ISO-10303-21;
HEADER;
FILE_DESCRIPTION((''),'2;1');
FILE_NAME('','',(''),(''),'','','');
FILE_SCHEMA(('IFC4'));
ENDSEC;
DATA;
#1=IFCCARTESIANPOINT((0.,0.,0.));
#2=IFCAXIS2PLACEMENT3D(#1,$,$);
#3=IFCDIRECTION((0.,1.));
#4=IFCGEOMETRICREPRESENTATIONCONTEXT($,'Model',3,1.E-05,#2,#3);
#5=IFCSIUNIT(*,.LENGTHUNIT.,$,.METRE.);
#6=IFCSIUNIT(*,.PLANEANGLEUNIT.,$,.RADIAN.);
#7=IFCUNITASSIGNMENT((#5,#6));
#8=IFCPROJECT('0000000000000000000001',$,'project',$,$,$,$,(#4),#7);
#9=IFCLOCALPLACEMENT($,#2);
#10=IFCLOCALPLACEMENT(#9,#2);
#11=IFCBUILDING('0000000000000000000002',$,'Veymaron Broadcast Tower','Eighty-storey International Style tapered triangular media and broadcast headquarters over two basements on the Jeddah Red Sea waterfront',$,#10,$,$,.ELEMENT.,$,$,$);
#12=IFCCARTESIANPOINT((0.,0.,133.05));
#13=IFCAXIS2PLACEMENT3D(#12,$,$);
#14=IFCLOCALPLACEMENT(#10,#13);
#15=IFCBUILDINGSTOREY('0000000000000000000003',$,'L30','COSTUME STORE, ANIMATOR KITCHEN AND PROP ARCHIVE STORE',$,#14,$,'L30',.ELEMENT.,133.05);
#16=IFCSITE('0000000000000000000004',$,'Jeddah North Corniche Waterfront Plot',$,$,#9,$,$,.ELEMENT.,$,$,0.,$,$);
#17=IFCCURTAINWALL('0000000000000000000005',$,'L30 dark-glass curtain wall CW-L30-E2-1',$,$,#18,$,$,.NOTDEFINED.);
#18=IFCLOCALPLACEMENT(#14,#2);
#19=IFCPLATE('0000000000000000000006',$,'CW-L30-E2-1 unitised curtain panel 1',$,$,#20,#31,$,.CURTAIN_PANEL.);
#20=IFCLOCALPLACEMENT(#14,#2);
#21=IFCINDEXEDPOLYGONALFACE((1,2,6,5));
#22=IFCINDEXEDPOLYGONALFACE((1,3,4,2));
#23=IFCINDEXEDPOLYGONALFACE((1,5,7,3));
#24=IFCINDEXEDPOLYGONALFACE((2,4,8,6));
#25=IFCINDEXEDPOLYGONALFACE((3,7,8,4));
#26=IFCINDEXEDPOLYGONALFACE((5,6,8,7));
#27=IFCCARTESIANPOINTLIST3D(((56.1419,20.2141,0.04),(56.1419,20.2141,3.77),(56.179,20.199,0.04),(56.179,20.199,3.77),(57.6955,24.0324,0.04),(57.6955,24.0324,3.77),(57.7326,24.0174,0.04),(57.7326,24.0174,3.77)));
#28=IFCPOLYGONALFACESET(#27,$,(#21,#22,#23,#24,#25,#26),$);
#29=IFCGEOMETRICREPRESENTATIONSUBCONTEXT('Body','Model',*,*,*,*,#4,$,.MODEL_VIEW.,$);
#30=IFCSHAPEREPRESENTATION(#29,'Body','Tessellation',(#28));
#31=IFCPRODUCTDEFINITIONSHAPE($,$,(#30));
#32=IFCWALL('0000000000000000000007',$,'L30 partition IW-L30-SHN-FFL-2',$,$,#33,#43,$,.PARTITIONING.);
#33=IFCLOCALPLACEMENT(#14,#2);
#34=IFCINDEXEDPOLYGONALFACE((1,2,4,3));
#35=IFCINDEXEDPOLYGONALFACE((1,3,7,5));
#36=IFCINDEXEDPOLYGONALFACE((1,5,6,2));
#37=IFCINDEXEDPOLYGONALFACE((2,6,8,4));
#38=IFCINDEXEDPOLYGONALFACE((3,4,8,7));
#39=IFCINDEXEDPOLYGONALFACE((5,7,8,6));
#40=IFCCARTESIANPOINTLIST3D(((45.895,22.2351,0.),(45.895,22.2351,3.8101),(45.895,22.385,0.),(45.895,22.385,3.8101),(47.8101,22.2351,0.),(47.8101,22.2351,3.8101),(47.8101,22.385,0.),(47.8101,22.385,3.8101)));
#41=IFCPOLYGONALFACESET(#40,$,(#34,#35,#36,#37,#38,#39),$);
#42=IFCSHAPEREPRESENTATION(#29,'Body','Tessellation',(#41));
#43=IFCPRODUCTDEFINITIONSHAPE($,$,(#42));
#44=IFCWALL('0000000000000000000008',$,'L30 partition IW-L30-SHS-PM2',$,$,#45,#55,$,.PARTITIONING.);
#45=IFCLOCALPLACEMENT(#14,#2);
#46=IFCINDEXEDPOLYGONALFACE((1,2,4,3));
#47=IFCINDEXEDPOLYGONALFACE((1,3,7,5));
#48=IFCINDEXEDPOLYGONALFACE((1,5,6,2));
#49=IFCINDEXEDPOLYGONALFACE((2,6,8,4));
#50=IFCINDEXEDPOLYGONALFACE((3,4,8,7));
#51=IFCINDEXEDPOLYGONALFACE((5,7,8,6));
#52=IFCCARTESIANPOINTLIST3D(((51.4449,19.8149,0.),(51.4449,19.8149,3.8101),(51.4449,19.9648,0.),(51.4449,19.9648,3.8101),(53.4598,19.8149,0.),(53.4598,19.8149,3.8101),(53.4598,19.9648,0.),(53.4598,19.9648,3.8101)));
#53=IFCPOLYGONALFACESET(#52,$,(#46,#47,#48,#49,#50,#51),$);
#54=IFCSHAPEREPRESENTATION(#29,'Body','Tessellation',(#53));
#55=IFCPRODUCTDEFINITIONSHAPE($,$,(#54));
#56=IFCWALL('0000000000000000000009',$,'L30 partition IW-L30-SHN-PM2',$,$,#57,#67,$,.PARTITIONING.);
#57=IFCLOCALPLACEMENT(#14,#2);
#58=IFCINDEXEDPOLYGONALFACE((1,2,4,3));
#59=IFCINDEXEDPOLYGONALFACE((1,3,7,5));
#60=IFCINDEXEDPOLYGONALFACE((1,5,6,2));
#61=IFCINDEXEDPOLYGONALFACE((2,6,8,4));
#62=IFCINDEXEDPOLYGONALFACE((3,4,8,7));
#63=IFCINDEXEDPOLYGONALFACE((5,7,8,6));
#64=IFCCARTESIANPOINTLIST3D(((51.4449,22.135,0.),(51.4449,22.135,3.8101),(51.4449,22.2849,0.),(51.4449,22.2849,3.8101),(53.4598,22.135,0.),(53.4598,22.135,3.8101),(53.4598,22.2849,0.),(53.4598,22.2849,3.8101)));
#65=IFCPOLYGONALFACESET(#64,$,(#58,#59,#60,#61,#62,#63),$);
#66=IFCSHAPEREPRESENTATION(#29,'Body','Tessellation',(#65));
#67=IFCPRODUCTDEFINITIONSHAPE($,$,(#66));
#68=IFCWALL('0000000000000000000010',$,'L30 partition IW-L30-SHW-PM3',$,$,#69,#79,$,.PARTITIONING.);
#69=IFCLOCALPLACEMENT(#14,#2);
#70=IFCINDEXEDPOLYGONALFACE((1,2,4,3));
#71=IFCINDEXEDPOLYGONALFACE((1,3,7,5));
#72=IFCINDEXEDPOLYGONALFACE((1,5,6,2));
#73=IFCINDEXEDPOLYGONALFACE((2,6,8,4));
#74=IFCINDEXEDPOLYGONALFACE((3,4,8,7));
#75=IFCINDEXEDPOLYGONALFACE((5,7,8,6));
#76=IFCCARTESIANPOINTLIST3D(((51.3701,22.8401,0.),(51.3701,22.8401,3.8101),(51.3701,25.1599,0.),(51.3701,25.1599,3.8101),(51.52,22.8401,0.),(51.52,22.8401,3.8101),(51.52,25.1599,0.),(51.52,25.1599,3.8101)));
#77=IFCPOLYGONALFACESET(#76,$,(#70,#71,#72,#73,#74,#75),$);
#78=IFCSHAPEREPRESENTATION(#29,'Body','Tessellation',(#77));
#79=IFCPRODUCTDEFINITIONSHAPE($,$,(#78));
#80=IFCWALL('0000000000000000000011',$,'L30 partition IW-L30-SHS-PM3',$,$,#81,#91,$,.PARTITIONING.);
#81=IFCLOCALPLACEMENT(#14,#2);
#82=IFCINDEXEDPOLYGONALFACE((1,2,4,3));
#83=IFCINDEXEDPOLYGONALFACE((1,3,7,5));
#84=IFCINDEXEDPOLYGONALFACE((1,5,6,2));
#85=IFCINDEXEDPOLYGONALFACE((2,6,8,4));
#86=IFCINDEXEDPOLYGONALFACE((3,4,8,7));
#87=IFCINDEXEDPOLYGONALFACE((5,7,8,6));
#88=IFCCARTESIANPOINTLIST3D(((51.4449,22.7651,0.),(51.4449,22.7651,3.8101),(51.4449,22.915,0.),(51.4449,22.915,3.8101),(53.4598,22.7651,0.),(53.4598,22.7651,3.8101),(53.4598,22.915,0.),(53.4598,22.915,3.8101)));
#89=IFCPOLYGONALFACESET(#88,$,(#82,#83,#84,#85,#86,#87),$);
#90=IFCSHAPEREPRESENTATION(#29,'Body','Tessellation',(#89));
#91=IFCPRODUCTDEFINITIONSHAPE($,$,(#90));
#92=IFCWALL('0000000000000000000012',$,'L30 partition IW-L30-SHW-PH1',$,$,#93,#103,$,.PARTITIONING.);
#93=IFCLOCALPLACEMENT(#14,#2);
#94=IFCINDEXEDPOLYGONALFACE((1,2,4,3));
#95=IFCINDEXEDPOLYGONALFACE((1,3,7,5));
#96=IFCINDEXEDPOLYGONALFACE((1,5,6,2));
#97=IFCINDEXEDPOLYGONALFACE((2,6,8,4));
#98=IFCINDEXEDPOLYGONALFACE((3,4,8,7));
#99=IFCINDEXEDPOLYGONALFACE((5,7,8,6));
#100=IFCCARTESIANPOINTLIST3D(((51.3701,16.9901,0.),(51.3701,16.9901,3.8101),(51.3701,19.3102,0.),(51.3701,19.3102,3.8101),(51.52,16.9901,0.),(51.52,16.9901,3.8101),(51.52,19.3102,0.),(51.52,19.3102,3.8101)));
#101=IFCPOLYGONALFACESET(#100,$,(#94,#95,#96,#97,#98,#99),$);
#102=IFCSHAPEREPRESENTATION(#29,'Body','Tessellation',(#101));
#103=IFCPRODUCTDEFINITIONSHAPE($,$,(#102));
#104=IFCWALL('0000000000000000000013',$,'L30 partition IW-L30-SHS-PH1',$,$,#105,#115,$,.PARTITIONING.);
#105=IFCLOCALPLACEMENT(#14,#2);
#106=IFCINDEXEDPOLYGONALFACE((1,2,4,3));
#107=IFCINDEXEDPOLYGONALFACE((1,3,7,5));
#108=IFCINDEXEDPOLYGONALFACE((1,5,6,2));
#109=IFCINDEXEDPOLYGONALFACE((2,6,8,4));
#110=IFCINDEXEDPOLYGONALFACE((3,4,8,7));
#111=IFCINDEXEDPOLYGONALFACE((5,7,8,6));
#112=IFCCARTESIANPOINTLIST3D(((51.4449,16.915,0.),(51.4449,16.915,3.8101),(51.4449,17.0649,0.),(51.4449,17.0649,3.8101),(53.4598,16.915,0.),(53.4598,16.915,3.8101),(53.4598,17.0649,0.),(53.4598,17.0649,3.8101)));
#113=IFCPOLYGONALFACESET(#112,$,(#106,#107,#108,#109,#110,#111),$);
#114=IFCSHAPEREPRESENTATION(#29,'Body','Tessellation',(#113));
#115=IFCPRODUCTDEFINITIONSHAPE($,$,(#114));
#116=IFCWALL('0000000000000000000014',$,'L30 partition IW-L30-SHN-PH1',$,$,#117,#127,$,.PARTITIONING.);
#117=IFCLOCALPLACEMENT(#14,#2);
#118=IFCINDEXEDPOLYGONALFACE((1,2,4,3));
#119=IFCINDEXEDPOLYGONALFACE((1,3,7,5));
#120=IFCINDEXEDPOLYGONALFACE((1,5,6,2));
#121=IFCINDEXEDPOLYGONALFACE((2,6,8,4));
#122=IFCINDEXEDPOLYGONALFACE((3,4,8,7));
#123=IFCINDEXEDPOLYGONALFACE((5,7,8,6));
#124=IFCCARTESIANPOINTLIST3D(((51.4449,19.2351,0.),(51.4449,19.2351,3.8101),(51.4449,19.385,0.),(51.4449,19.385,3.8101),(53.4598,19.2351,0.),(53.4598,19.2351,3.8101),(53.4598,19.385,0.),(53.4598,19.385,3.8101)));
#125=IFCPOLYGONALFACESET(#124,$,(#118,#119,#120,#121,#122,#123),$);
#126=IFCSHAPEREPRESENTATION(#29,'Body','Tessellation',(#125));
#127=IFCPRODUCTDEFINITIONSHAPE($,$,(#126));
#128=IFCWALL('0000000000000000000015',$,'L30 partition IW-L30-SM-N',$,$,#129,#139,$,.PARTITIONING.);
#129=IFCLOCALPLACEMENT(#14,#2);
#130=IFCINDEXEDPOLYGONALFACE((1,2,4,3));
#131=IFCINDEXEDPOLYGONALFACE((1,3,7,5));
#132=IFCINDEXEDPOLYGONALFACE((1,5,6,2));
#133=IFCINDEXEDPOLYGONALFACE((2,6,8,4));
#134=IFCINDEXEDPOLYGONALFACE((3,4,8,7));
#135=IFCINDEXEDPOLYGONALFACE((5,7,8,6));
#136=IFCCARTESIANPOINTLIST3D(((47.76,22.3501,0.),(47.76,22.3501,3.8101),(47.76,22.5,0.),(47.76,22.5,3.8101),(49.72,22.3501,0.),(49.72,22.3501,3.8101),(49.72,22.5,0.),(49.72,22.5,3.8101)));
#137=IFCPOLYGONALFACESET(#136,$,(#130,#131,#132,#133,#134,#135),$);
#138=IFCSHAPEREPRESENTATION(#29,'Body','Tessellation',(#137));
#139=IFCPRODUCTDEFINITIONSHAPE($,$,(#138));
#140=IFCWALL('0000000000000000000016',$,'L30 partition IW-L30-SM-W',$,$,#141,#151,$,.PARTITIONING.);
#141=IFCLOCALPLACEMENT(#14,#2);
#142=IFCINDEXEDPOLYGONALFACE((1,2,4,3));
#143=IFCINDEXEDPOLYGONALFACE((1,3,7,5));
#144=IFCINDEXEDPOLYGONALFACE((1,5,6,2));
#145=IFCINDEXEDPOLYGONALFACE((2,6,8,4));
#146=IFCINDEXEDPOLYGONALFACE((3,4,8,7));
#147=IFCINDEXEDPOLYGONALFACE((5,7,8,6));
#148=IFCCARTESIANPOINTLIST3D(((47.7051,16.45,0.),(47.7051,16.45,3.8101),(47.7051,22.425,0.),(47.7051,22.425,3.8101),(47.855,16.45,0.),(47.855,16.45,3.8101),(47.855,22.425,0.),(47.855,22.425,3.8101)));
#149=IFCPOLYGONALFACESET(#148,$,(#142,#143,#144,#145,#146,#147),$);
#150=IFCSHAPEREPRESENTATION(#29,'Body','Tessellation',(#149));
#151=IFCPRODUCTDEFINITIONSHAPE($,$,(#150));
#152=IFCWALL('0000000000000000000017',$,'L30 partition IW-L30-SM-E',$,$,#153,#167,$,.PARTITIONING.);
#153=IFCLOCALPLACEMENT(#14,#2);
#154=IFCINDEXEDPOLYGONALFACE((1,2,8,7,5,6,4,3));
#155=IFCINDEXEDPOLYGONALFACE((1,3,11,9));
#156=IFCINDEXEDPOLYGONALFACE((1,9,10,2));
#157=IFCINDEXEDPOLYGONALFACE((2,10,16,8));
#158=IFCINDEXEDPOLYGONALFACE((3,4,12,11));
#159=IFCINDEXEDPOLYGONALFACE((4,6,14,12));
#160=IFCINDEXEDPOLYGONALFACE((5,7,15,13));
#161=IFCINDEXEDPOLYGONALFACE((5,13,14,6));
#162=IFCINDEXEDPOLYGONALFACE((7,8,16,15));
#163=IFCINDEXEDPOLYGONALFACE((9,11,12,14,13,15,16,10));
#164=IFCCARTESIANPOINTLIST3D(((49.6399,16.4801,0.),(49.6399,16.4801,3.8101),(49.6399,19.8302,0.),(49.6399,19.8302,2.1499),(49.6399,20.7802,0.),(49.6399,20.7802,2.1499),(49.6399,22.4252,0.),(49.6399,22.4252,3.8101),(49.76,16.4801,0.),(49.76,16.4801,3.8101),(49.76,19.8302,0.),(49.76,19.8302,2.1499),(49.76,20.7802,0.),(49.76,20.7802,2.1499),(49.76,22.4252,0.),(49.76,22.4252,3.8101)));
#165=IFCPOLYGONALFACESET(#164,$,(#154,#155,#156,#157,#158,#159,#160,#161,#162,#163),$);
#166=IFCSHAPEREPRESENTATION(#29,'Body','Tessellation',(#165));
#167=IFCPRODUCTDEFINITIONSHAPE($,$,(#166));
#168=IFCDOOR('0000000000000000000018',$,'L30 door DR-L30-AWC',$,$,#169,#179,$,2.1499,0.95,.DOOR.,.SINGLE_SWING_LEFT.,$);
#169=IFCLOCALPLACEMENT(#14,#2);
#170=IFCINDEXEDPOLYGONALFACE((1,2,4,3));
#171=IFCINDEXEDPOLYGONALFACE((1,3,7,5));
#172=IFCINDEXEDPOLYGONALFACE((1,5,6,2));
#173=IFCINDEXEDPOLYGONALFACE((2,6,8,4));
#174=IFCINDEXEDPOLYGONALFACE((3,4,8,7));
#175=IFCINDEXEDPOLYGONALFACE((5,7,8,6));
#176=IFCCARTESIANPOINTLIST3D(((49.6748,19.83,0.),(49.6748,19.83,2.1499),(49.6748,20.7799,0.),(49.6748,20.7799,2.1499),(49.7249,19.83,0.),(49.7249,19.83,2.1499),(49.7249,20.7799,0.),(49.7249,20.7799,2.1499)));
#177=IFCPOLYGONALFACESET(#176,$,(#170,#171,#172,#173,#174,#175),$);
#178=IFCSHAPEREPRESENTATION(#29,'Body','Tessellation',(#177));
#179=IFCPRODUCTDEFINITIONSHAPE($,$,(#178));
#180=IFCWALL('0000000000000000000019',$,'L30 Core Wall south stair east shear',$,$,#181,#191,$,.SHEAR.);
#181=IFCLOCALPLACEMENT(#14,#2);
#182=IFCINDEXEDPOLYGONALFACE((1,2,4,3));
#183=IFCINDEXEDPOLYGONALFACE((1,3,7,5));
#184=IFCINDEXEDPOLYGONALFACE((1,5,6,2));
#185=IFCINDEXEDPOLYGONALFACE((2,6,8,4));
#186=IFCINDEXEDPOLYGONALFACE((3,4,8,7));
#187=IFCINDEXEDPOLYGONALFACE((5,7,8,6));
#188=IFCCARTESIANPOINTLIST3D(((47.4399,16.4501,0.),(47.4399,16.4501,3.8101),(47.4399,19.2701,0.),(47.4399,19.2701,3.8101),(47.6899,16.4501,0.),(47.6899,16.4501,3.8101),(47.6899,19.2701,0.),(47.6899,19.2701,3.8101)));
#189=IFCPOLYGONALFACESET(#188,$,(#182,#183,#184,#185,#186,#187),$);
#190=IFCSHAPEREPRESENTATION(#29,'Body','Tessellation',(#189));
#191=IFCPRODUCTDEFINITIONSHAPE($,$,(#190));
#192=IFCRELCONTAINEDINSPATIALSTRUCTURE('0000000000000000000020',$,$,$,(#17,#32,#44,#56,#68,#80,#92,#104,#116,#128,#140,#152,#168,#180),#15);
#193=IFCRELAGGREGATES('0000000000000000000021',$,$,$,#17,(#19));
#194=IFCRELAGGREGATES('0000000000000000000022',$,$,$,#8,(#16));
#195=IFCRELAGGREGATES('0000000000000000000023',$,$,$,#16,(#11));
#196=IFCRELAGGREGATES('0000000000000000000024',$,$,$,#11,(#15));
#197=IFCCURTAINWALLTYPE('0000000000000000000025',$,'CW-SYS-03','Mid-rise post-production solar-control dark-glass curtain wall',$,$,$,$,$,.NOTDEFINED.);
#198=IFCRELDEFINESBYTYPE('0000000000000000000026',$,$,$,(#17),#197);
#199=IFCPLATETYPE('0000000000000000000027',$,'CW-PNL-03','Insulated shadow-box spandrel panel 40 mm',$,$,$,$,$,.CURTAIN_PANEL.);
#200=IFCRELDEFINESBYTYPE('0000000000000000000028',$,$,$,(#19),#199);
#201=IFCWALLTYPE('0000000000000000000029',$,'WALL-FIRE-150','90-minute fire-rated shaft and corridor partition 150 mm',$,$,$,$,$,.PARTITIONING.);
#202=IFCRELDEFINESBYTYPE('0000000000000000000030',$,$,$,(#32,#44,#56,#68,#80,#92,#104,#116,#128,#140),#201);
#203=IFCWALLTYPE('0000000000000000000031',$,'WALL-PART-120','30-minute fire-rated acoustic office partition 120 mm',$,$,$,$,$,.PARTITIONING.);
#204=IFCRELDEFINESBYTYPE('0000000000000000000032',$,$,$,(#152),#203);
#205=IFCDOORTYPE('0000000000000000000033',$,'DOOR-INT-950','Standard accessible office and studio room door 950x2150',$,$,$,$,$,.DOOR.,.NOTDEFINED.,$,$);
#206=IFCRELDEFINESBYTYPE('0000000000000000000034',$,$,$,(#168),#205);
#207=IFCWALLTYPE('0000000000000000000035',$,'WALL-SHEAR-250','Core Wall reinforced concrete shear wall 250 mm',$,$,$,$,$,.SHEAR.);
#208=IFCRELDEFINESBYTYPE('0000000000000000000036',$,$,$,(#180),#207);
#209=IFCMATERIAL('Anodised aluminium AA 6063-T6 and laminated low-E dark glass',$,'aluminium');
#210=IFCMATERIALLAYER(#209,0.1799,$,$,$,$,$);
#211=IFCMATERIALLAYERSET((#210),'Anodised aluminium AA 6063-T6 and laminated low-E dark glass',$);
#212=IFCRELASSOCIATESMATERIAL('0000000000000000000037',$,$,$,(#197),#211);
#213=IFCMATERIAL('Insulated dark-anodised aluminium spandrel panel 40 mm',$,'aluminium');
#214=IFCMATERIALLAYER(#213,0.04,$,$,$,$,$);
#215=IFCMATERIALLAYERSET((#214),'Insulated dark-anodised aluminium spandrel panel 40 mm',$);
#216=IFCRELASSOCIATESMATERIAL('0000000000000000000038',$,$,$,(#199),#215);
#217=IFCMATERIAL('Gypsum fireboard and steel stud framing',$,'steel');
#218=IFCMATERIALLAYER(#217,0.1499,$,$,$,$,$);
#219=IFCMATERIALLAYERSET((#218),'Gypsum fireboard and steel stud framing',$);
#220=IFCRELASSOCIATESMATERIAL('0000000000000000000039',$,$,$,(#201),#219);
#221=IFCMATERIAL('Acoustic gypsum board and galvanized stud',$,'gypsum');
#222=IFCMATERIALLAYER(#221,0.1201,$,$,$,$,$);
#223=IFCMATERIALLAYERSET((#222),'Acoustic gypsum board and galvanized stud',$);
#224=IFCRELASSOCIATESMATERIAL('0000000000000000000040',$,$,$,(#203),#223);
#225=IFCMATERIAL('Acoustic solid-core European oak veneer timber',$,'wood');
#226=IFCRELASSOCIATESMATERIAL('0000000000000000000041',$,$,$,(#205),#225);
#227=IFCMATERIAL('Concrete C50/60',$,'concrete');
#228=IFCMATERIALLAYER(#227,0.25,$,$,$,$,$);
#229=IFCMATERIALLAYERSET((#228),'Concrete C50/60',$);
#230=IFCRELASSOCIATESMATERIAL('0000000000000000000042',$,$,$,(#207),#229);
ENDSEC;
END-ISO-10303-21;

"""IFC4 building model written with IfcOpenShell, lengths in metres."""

from ifc_helpers import new_model, si_unit, direction, frame, frame_2d, origin, origin_2d, place, context, subcontext, project, spatial, rectangle, extrude, material, layer, layer_set, type_object, element, fill, aggregate, save


model = new_model("IFC4")

# Units and contexts
model_context = context("Model", 3, precision=1e-05, world=origin(), true_north=direction((0.0, 1.0)))
body_context = subcontext(model_context, "Body", "Model", "MODEL_VIEW")
ifc_project = project(units=[si_unit("LENGTHUNIT", "METRE"), si_unit("PLANEANGLEUNIT", "RADIAN")], contexts=[model_context])

# Site, building, storey
site_placement = place(None, origin())
site = spatial("IfcSite", under=ifc_project, at=site_placement, Name="Jeddah North Corniche Waterfront Plot", CompositionType="ELEMENT", RefElevation=0.0)
building_placement = place(site_placement, origin())
building = spatial("IfcBuilding", under=site, at=building_placement, Name="Veymaron Broadcast Tower", Description="Eighty-storey International Style tapered triangular media and broadcast headquarters over two basements on the Jeddah Red Sea waterfront", CompositionType="ELEMENT")
storey_placement = place(building_placement, frame((0.0, 0.0, 133.05)))
storey = spatial("IfcBuildingStorey", under=building, at=storey_placement, Name="L30", Description="COSTUME STORE, ANIMATOR KITCHEN AND PROP ARCHIVE STORE", LongName="L30", CompositionType="ELEMENT", Elevation=133.05)

# Curtain wall
ifc_material_1 = material(Name="Anodised aluminium AA 6063-T6 and laminated low-E dark glass", Category="aluminium")
ifc_layer_1 = layer(ifc_material_1, 0.1799)
ifc_layer_set_1 = layer_set([ifc_layer_1], Name="Anodised aluminium AA 6063-T6 and laminated low-E dark glass")
curtain_wall_type = type_object("IfcCurtainWallType", Name="CW-SYS-03", Description="Mid-rise post-production solar-control dark-glass curtain wall", PredefinedType="NOTDEFINED", material=ifc_layer_set_1)
curtain_wall_1_placement = place(storey_placement, origin())
curtain_wall_1 = element("IfcCurtainWall", 1, at=curtain_wall_1_placement, inside=storey, type_object=curtain_wall_type, Name="L30 dark-glass curtain wall CW-L30-E2-1", PredefinedType="NOTDEFINED")

# Plate
ifc_material_2 = material(Name="Insulated dark-anodised aluminium spandrel panel 40 mm", Category="aluminium")
ifc_layer_2 = layer(ifc_material_2, 0.04)
ifc_layer_set_2 = layer_set([ifc_layer_2], Name="Insulated dark-anodised aluminium spandrel panel 40 mm")
plate_type = type_object("IfcPlateType", Name="CW-PNL-03", Description="Insulated shadow-box spandrel panel 40 mm", PredefinedType="CURTAIN_PANEL", material=ifc_layer_set_2)
plate_1_placement = place(storey_placement, frame((56.9373, 22.1157, 0.04), z_axis=(0.0, 0.0, 1.0), x_axis=(0.376871, 0.926266, 0.0)))
plate_1 = element("IfcPlate", 2, at=plate_1_placement, type_object=plate_type, Name="CW-L30-E2-1 unitised curtain panel 1", PredefinedType="CURTAIN_PANEL", context=body_context, shape_type="SweptSolid", body=[
    extrude(rectangle(XDim=4.1223, YDim=0.04, at=origin_2d()), origin(), (0.0, 0.0, 1.0), 3.73),
])
aggregate(curtain_wall_1, [plate_1])

# Shared definitions
ifc_material_3 = material(Name="Gypsum fireboard and steel stud framing", Category="steel")
ifc_layer_3 = layer(ifc_material_3, 0.1499)
ifc_layer_set_3 = layer_set([ifc_layer_3], Name="Gypsum fireboard and steel stud framing")
wall_type_1 = type_object("IfcWallType", Name="WALL-FIRE-150", Description="90-minute fire-rated shaft and corridor partition 150 mm", PredefinedType="PARTITIONING", material=ifc_layer_set_3)

# Wall
wall_1_placement = place(storey_placement, frame((45.895, 22.3101, 0.0), z_axis=(0.0, 0.0, 1.0), x_axis=(1.0, 0.0, 0.0)))
element("IfcWall", 3, at=wall_1_placement, inside=storey, type_object=wall_type_1, Name="L30 partition IW-L30-SHN-FFL-2", PredefinedType="PARTITIONING", context=body_context, shape_type="SweptSolid", body=[
    extrude(rectangle(XDim=1.915, YDim=0.1499, at=frame_2d((0.9575, 0.0))), origin(), (0.0, 0.0, 1.0), 3.8101),
])

# Walls
for number, where, z_axis, x_axis, name in (
    (4, (51.4451, 19.8899, 0.0), (0.0, 0.0, 1.0), (1.0, 0.0, 0.0), "L30 partition IW-L30-SHS-PM2"),
    (5, (51.4451, 22.21, 0.0), (0.0, 0.0, 1.0), (1.0, 0.0, 0.0), "L30 partition IW-L30-SHN-PM2"),
):
    element("IfcWall", number, at=place(storey_placement, frame(where, z_axis=z_axis, x_axis=x_axis)), inside=storey, type_object=wall_type_1, Name=name, PredefinedType="PARTITIONING", context=body_context, shape_type="SweptSolid", body=[
        extrude(rectangle(XDim=2.0149, YDim=0.1499, at=frame_2d((1.0073, 0.0))), origin(), (0.0, 0.0, 1.0), 3.8101),
    ])
wall_2_placement = place(storey_placement, frame((51.4451, 22.8401, 0.0), z_axis=(0.0, 0.0, 1.0), x_axis=(0.0, 1.0, 0.0)))
element("IfcWall", 6, at=wall_2_placement, inside=storey, type_object=wall_type_1, Name="L30 partition IW-L30-SHW-PM3", PredefinedType="PARTITIONING", context=body_context, shape_type="SweptSolid", body=[
    extrude(rectangle(XDim=2.3198, YDim=0.1499, at=frame_2d((1.1599, 0.0))), origin(), (0.0, 0.0, 1.0), 3.8101),
])
wall_3_placement = place(storey_placement, frame((51.4451, 22.8401, 0.0), z_axis=(0.0, 0.0, 1.0), x_axis=(1.0, 0.0, 0.0)))
element("IfcWall", 7, at=wall_3_placement, inside=storey, type_object=wall_type_1, Name="L30 partition IW-L30-SHS-PM3", PredefinedType="PARTITIONING", context=body_context, shape_type="SweptSolid", body=[
    extrude(rectangle(XDim=2.0149, YDim=0.1499, at=frame_2d((1.0073, 0.0))), origin(), (0.0, 0.0, 1.0), 3.8101),
])
wall_4_placement = place(storey_placement, frame((51.4451, 16.99, 0.0), z_axis=(0.0, 0.0, 1.0), x_axis=(0.0, 1.0, 0.0)))
element("IfcWall", 8, at=wall_4_placement, inside=storey, type_object=wall_type_1, Name="L30 partition IW-L30-SHW-PH1", PredefinedType="PARTITIONING", context=body_context, shape_type="SweptSolid", body=[
    extrude(rectangle(XDim=2.3201, YDim=0.1499, at=frame_2d((1.1602, 0.0))), origin(), (0.0, 0.0, 1.0), 3.8101),
])
for number, where, z_axis, x_axis, name in (
    (9, (51.4451, 16.99, 0.0), (0.0, 0.0, 1.0), (1.0, 0.0, 0.0), "L30 partition IW-L30-SHS-PH1"),
    (10, (51.4451, 19.3101, 0.0), (0.0, 0.0, 1.0), (1.0, 0.0, 0.0), "L30 partition IW-L30-SHN-PH1"),
):
    element("IfcWall", number, at=place(storey_placement, frame(where, z_axis=z_axis, x_axis=x_axis)), inside=storey, type_object=wall_type_1, Name=name, PredefinedType="PARTITIONING", context=body_context, shape_type="SweptSolid", body=[
        extrude(rectangle(XDim=2.0149, YDim=0.1499, at=frame_2d((1.0073, 0.0))), origin(), (0.0, 0.0, 1.0), 3.8101),
    ])

# Walls
wall_5_placement = place(storey_placement, frame((47.76, 22.425, 0.0), z_axis=(0.0, 0.0, 1.0), x_axis=(1.0, 0.0, 0.0)))
element("IfcWall", 11, at=wall_5_placement, inside=storey, type_object=wall_type_1, Name="L30 partition IW-L30-SM-N", PredefinedType="PARTITIONING", context=body_context, shape_type="SweptSolid", body=[
    extrude(rectangle(XDim=1.96, YDim=0.1499, at=frame_2d((0.98, 0.0))), origin(), (0.0, 0.0, 1.0), 3.8101),
])
wall_6_placement = place(storey_placement, frame((47.78, 16.45, 0.0), z_axis=(0.0, 0.0, 1.0), x_axis=(0.0, 1.0, 0.0)))
element("IfcWall", 12, at=wall_6_placement, inside=storey, type_object=wall_type_1, Name="L30 partition IW-L30-SM-W", PredefinedType="PARTITIONING", context=body_context, shape_type="SweptSolid", body=[
    extrude(rectangle(XDim=5.9751, YDim=0.1499, at=frame_2d((2.9875, 0.0))), origin(), (0.0, 0.0, 1.0), 3.8101),
])

# Wall, opening, door
ifc_material_4 = material(Name="Acoustic gypsum board and galvanized stud", Category="gypsum")
ifc_layer_4 = layer(ifc_material_4, 0.1201)
ifc_layer_set_4 = layer_set([ifc_layer_4], Name="Acoustic gypsum board and galvanized stud")
wall_type_2 = type_object("IfcWallType", Name="WALL-PART-120", Description="30-minute fire-rated acoustic office partition 120 mm", PredefinedType="PARTITIONING", material=ifc_layer_set_4)
wall_7_placement = place(storey_placement, frame((49.7, 16.48, 0.0), z_axis=(0.0, 0.0, 1.0), x_axis=(0.0, 1.0, 0.0)))
wall_7 = element("IfcWall", 13, at=wall_7_placement, inside=storey, type_object=wall_type_2, Name="L30 partition IW-L30-SM-E", PredefinedType="PARTITIONING", context=body_context, shape_type="SweptSolid", body=[
    extrude(rectangle(XDim=5.9451, YDim=0.1201, at=frame_2d((2.9727, 0.0))), origin(), (0.0, 0.0, 1.0), 3.8101),
])
opening_1_placement = place(wall_7_placement, frame((3.3501, 0.0, 0.0)))
opening_1 = element("IfcOpeningElement", 14, at=opening_1_placement, cuts=wall_7, PredefinedType="OPENING", context=body_context, shape_type="SweptSolid", body=[
    extrude(rectangle(XDim=0.95, YDim=2.1499, at=frame_2d((0.4751, 1.075))), frame((0.0, 0.0701, 0.0), z_axis=(0.0, -1.0, 0.0), x_axis=(1.0, 0.0, 0.0)), (0.0, 0.0, 1.0), 0.1401),
])
ifc_material_5 = material(Name="Acoustic solid-core European oak veneer timber", Category="wood")
door_type_1 = type_object("IfcDoorType", Name="DOOR-INT-950", Description="Standard accessible office and studio room door 950x2150", OperationType="NOTDEFINED", PredefinedType="DOOR", material=ifc_material_5)
door_1_placement = place(opening_1_placement, frame((0.95, 0.0, 0.0), z_axis=(0.0, 0.0, 1.0), x_axis=(-1.0, 0.0, 0.0)))
door_1 = element("IfcDoor", 15, at=door_1_placement, inside=storey, type_object=door_type_1, Name="L30 door DR-L30-AWC", OperationType="SINGLE_SWING_LEFT", OverallHeight=2.1499, OverallWidth=0.95, PredefinedType="DOOR", context=body_context, shape_type="SweptSolid", body=[
    extrude(rectangle(XDim=0.95, YDim=2.1499, at=frame_2d((0.4751, 1.075))), frame((0.0, 0.0249, 0.0), z_axis=(0.0, -1.0, 0.0), x_axis=(1.0, 0.0, 0.0)), (0.0, 0.0, 1.0), 0.05),
])
fill(opening_1, door_1)

# Wall
ifc_material_6 = material(Name="Concrete C50/60", Category="concrete")
ifc_layer_5 = layer(ifc_material_6, 0.25)
ifc_layer_set_5 = layer_set([ifc_layer_5], Name="Concrete C50/60")
wall_type_3 = type_object("IfcWallType", Name="WALL-SHEAR-250", Description="Core Wall reinforced concrete shear wall 250 mm", PredefinedType="SHEAR", material=ifc_layer_set_5)
wall_8_placement = place(storey_placement, frame((47.5649, 16.45, 0.0), z_axis=(0.0, 0.0, 1.0), x_axis=(0.0, 1.0, 0.0)))
element("IfcWall", 16, at=wall_8_placement, inside=storey, type_object=wall_type_3, Name="L30 Core Wall south stair east shear", PredefinedType="SHEAR", context=body_context, shape_type="SweptSolid", body=[
    extrude(rectangle(XDim=2.8201, YDim=0.25, at=frame_2d((1.4102, 0.0))), origin(), (0.0, 0.0, 1.0), 3.8101),
])

save(model, "model.ifc")
